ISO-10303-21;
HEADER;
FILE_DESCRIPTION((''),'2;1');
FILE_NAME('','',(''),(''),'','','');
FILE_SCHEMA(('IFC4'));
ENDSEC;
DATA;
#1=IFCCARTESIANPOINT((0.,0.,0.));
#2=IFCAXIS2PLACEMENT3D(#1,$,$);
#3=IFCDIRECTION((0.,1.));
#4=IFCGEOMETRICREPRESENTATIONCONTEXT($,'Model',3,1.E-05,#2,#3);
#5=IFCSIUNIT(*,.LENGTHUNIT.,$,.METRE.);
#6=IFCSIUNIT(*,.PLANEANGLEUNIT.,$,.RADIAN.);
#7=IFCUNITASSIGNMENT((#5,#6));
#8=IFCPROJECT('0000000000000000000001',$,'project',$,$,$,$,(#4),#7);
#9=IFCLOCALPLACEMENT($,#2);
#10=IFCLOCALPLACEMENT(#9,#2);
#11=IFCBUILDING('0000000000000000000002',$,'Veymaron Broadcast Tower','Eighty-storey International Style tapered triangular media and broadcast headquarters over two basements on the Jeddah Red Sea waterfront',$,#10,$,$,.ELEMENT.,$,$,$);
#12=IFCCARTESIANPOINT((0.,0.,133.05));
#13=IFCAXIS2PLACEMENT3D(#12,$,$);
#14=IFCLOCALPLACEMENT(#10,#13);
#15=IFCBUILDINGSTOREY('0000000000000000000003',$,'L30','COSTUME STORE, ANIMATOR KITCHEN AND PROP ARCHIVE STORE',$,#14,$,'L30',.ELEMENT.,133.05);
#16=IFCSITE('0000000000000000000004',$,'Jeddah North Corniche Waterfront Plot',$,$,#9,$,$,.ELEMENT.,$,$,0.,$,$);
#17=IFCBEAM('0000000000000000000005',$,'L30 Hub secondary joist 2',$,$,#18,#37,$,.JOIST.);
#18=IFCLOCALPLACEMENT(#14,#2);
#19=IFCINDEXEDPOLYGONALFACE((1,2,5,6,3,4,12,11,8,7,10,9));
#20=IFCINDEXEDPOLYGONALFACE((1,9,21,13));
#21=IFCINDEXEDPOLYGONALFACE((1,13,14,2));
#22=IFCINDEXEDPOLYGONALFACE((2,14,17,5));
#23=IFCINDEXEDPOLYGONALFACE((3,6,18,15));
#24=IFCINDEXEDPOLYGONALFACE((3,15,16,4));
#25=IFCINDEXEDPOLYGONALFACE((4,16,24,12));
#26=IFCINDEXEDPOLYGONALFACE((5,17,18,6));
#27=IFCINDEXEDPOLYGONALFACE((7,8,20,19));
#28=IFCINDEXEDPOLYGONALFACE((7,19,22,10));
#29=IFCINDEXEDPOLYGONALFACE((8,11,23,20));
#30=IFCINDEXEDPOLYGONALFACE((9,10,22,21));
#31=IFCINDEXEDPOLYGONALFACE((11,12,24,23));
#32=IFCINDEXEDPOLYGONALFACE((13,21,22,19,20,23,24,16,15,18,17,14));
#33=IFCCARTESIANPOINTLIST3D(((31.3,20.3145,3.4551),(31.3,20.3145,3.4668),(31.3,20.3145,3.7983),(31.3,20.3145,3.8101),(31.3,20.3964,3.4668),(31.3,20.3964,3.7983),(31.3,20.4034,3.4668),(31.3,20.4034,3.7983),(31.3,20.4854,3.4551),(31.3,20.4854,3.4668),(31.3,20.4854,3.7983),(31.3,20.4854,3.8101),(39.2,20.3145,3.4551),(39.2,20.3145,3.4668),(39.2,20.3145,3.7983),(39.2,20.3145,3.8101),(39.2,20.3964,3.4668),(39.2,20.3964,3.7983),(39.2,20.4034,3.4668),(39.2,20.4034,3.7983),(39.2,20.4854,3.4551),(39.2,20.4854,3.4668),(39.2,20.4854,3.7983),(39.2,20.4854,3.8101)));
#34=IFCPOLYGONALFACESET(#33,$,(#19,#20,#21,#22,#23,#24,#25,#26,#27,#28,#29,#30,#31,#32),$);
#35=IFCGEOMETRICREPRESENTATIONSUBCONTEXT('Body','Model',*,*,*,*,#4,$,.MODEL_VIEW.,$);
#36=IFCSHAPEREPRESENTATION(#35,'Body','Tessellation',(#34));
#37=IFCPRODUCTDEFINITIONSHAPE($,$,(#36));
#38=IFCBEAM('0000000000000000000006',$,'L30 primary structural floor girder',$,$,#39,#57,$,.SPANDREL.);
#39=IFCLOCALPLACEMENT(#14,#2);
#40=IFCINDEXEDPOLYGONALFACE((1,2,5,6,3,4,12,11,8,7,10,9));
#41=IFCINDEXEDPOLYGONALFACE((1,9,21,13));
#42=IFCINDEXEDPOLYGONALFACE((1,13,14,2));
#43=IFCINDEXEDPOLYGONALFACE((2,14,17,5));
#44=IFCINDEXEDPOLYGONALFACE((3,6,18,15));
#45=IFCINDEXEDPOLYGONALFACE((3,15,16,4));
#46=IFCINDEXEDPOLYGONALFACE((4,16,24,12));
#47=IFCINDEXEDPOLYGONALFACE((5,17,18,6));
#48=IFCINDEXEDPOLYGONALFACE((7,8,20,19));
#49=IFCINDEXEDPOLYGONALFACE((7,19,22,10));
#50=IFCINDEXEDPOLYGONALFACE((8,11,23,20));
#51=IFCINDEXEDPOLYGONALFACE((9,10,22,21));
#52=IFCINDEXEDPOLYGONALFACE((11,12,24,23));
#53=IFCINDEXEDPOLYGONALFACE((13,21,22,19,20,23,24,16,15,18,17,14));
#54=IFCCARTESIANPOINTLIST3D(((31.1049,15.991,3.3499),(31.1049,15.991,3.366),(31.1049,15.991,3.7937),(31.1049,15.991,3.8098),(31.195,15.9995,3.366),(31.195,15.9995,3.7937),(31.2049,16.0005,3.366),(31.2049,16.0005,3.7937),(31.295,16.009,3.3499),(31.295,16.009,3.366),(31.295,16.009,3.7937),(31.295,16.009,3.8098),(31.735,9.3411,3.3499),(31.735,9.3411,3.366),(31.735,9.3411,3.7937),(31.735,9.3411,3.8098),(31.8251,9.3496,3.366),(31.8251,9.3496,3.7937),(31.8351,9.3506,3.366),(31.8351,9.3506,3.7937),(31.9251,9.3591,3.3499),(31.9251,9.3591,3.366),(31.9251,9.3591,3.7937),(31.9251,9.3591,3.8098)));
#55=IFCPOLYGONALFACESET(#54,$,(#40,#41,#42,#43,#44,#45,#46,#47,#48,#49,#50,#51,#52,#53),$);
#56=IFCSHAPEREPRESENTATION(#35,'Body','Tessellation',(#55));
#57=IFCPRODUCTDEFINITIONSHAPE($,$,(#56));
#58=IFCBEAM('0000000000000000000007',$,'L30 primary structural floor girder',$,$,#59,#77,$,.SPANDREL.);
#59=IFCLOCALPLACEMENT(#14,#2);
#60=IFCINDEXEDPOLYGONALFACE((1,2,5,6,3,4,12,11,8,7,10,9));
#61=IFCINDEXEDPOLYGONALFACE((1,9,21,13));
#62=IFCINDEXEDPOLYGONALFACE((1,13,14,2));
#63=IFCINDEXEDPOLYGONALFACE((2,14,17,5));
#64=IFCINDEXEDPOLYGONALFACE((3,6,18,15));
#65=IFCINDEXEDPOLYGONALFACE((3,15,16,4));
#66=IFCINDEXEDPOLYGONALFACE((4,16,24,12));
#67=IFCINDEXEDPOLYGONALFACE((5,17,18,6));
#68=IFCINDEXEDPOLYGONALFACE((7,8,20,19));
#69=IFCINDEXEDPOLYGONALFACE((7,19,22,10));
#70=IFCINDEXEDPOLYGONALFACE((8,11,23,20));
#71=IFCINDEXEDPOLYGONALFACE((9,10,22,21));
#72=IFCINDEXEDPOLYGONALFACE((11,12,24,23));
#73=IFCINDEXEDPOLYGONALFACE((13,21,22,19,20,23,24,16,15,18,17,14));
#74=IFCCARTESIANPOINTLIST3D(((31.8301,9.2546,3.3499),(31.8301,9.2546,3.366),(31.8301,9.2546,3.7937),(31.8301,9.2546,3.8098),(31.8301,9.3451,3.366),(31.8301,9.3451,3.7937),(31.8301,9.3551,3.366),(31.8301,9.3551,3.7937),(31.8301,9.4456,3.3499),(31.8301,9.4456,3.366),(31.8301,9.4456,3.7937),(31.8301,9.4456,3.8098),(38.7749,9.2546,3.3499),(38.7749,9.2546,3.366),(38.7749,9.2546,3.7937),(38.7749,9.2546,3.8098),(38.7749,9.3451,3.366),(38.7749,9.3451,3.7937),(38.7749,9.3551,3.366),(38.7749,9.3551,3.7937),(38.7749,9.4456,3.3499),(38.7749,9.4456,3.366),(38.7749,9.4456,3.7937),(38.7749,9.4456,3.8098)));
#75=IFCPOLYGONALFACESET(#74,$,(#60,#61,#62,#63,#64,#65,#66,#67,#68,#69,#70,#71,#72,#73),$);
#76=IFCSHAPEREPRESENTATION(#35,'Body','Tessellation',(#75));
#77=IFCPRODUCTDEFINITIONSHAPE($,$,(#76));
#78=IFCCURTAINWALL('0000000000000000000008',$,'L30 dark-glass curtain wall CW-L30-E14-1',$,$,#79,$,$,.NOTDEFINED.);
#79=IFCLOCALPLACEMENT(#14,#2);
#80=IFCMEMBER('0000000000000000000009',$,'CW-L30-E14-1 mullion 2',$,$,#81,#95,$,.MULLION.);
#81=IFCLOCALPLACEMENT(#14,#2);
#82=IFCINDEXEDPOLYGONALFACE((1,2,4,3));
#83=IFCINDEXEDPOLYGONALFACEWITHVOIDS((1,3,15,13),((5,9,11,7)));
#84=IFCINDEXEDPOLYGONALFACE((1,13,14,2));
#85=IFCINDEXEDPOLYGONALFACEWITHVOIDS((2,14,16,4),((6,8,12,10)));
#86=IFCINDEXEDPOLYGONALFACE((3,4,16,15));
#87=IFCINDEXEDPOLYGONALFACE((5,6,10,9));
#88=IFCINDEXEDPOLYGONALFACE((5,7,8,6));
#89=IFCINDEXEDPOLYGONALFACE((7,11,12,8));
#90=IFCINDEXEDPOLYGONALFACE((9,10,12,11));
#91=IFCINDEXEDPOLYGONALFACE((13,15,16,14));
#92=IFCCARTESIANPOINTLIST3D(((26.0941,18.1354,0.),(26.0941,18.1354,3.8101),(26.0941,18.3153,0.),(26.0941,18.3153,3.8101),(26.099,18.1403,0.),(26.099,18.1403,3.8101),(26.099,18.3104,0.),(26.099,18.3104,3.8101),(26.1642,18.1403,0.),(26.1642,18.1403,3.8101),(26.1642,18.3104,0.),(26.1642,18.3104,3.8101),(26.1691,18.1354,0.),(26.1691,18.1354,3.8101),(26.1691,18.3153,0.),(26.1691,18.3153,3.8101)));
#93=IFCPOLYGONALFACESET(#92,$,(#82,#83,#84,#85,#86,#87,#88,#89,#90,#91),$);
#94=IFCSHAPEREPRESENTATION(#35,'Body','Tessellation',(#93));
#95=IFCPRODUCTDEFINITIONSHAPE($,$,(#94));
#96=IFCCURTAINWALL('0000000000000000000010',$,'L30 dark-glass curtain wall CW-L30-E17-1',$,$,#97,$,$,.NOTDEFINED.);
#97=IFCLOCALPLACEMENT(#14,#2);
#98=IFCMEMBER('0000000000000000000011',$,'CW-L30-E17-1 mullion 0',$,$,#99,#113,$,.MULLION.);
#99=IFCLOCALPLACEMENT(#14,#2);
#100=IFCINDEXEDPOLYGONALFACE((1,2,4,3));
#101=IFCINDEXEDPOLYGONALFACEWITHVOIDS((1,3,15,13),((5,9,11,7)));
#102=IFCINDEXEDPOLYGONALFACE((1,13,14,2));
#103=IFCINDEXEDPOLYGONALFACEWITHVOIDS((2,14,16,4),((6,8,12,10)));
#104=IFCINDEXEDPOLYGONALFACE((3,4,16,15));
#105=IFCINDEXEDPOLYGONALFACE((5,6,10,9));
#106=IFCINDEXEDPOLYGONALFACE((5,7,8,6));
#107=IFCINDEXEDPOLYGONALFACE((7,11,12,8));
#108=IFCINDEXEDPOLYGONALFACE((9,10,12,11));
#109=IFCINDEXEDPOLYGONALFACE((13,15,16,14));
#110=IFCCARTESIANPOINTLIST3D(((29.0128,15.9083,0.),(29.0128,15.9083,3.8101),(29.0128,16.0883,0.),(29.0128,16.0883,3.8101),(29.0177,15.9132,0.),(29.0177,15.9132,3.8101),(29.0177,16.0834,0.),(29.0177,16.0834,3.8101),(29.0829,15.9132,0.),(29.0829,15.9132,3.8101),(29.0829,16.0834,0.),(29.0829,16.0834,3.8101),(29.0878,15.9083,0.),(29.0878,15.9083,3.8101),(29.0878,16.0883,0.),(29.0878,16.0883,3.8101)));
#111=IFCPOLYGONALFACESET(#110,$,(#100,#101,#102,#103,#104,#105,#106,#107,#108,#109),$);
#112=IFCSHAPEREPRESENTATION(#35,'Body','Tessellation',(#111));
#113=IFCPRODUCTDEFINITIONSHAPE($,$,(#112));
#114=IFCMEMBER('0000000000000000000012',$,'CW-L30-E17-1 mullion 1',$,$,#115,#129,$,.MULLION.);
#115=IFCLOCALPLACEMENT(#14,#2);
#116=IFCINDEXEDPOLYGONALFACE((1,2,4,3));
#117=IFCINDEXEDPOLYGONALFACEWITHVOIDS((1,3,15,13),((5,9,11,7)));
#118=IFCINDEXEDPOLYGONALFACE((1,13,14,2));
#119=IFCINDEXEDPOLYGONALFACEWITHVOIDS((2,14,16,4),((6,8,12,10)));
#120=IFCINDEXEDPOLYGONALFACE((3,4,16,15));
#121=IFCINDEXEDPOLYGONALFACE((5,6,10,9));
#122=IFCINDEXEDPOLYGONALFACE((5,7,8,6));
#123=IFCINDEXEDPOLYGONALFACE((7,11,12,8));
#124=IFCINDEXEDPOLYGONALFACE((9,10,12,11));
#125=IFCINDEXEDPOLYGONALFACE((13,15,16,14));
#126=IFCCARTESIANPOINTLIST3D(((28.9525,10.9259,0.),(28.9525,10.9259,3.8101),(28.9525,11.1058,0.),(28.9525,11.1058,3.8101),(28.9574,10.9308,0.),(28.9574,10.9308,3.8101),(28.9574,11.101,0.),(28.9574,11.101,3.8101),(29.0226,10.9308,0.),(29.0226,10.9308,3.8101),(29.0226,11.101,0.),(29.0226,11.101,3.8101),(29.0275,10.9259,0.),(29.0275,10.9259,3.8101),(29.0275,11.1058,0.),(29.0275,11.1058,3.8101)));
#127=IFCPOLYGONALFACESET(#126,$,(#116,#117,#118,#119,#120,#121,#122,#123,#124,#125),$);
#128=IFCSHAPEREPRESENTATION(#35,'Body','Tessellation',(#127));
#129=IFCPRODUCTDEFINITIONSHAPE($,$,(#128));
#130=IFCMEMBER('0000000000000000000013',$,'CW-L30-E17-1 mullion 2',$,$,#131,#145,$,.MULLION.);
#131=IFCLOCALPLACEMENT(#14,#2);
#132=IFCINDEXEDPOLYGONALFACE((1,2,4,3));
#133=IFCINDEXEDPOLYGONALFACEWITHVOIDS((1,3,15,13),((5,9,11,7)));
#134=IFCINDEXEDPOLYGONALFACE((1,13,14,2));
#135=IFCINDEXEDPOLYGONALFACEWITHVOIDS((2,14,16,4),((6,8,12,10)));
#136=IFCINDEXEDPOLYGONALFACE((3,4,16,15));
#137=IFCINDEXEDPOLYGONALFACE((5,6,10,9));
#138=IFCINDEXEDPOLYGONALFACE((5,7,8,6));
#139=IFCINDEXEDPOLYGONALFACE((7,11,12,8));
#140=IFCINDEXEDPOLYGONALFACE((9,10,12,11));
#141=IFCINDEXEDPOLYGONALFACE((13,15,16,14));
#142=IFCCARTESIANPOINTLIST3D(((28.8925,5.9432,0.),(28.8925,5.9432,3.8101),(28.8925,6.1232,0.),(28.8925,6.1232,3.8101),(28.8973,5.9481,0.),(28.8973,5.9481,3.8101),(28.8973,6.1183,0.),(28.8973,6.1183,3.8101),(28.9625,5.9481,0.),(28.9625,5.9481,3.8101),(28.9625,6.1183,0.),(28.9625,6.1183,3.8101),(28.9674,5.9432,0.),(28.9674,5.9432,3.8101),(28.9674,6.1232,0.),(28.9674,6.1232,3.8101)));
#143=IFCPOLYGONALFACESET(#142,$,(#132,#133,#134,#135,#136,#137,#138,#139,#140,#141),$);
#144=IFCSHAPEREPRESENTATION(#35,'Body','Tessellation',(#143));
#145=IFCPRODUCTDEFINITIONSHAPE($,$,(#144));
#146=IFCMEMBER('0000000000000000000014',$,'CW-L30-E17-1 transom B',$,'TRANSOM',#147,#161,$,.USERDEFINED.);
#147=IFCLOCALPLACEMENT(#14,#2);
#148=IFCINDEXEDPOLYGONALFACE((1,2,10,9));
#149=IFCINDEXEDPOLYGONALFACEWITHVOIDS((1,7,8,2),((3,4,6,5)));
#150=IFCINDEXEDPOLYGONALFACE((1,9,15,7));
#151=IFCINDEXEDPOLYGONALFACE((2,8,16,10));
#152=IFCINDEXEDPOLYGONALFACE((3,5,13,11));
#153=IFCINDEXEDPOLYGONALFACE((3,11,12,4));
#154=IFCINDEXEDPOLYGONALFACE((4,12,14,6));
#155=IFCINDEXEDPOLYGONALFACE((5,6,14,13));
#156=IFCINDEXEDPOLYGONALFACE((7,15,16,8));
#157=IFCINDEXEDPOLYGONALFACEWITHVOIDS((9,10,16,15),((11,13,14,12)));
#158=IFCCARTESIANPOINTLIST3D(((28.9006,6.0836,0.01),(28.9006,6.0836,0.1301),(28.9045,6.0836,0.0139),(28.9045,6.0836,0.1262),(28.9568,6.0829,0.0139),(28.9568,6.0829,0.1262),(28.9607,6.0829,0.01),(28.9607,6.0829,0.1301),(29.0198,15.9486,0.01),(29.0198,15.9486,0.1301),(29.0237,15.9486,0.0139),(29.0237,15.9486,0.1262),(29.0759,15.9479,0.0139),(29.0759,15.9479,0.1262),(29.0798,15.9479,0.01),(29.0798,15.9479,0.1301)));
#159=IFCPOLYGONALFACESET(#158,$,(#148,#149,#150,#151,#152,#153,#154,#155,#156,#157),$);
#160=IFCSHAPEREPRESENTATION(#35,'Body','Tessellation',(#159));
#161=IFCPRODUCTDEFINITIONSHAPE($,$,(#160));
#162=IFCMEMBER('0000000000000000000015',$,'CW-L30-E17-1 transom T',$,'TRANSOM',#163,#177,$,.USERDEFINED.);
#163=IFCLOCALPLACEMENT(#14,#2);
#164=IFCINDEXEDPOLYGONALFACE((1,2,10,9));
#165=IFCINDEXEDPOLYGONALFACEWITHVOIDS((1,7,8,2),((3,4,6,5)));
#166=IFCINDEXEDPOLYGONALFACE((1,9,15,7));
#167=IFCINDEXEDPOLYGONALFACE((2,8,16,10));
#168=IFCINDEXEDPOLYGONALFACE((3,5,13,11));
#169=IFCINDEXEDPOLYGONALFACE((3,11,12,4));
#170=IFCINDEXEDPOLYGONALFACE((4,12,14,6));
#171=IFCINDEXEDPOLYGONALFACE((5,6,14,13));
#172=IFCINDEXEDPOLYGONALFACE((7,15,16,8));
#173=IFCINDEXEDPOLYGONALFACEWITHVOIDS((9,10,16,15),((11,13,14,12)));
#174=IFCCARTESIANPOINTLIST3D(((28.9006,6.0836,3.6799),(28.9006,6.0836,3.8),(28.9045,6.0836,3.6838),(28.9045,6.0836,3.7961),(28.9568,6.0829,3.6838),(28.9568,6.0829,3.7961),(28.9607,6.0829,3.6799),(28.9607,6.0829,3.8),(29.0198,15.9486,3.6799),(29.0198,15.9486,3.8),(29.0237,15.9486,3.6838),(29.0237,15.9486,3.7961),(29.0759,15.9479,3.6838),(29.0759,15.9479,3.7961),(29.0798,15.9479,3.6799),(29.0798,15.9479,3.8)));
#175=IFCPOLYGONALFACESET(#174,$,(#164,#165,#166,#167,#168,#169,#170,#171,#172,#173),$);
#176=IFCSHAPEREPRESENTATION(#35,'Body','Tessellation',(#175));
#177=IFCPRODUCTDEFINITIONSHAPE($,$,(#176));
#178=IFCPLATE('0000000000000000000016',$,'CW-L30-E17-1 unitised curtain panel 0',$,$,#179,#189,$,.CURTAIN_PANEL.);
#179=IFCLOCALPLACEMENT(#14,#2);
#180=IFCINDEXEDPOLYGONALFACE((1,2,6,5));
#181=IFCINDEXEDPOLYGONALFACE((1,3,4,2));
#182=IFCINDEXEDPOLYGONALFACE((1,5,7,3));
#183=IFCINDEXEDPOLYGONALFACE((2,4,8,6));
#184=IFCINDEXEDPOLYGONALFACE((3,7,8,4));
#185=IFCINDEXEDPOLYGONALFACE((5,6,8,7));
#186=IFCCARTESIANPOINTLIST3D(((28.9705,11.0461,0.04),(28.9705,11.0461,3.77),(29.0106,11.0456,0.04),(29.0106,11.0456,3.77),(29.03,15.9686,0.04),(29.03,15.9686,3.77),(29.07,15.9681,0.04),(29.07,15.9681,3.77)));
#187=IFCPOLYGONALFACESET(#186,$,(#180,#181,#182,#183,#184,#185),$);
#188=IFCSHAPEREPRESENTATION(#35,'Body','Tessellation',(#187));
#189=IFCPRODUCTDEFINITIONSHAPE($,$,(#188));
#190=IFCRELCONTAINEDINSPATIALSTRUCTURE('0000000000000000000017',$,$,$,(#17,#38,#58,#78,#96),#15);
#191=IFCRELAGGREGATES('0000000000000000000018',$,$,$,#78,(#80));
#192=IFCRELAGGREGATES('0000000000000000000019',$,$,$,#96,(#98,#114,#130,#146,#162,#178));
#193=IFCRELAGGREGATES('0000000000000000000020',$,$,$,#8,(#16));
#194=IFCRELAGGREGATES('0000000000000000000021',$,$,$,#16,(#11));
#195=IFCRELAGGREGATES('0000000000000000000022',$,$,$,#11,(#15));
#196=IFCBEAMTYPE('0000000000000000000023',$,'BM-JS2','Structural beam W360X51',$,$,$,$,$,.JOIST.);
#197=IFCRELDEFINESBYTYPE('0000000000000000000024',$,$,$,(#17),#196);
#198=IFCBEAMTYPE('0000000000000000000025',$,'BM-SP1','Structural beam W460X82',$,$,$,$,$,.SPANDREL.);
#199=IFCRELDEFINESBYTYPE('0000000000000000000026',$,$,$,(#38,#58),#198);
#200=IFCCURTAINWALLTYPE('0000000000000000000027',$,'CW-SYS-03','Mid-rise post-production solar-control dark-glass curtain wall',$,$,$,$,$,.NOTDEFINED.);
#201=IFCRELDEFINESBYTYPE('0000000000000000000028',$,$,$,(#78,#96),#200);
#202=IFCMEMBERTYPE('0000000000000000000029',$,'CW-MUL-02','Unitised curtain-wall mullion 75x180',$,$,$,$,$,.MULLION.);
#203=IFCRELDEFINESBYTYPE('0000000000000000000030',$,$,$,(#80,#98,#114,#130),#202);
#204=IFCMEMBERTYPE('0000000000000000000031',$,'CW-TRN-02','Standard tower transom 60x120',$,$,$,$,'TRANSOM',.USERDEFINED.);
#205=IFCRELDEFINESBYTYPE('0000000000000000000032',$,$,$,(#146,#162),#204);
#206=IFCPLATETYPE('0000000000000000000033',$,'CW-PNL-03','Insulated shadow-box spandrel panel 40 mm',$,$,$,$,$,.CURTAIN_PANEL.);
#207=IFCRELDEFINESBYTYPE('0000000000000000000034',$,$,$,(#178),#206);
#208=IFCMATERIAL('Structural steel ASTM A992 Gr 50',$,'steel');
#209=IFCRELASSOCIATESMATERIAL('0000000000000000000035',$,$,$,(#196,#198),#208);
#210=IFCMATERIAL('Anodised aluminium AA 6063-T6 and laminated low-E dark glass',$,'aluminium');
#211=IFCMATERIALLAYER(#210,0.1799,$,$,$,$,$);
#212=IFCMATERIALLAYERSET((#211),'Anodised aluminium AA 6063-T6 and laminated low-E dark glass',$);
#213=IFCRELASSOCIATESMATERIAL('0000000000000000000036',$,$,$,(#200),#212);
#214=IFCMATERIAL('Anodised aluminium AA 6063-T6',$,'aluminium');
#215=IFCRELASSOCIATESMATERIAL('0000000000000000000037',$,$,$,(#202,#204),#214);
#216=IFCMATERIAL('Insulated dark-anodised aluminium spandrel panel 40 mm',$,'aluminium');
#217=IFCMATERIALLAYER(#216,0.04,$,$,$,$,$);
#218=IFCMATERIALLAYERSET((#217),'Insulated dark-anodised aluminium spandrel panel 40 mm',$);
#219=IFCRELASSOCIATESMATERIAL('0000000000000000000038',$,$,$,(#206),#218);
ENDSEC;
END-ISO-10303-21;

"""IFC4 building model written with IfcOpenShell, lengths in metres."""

from ifc_helpers import new_model, si_unit, direction, frame, origin, origin_2d, place, context, subcontext, project, spatial, rectangle, hollow_rectangle, i_section, extrude, material, layer, layer_set, material_profile, profile_set, type_object, element, aggregate, save


model = new_model("IFC4")

# Units and contexts
model_context = context("Model", 3, precision=1e-05, world=origin(), true_north=direction((0.0, 1.0)))
body_context = subcontext(model_context, "Body", "Model", "MODEL_VIEW")
ifc_project = project(units=[si_unit("LENGTHUNIT", "METRE"), si_unit("PLANEANGLEUNIT", "RADIAN")], contexts=[model_context])

# Site, building, storey
site_placement = place(None, origin())
site = spatial("IfcSite", under=ifc_project, at=site_placement, Name="Jeddah North Corniche Waterfront Plot", CompositionType="ELEMENT", RefElevation=0.0)
building_placement = place(site_placement, origin())
building = spatial("IfcBuilding", under=site, at=building_placement, Name="Veymaron Broadcast Tower", Description="Eighty-storey International Style tapered triangular media and broadcast headquarters over two basements on the Jeddah Red Sea waterfront", CompositionType="ELEMENT")
storey_placement = place(building_placement, frame((0.0, 0.0, 133.05)))
storey = spatial("IfcBuildingStorey", under=building, at=storey_placement, Name="L30", Description="COSTUME STORE, ANIMATOR KITCHEN AND PROP ARCHIVE STORE", LongName="L30", CompositionType="ELEMENT", Elevation=133.05)

# Shared definitions
ifc_material_1 = material(Name="Structural steel ASTM A992 Gr 50", Category="steel")

# Beams
ifc_material_profile_1 = material_profile(ifc_material_1, i_section(OverallWidth=0.1709, OverallDepth=0.355, WebThickness=0.0071, FlangeThickness=0.0117, at=origin_2d()), Name="W360X51")
ifc_profile_set_1 = profile_set([ifc_material_profile_1], Name="Structural steel ASTM A992 Gr 50")
beam_type_1 = type_object("IfcBeamType", Name="BM-JS2", Description="Structural beam W360X51", PredefinedType="JOIST", material=ifc_profile_set_1)
for number, where, z_axis, x_axis, name in (
    (1, (31.3, 20.3999, 3.6326), (1.0, 0.0, 0.0), (0.0, 1.0, 0.0), "L30 Hub secondary joist 2"),
):
    element("IfcBeam", number, at=place(storey_placement, frame(where, z_axis=z_axis, x_axis=x_axis)), inside=storey, type_object=beam_type_1, Name=name, PredefinedType="JOIST", context=body_context, shape_type="SweptSolid", body=[
        extrude(i_section(OverallWidth=0.1709, OverallDepth=0.355, WebThickness=0.0071, FlangeThickness=0.0117, at=origin_2d()), origin(), (0.0, 0.0, 1.0), 7.8999),
    ])
ifc_material_profile_2 = material_profile(ifc_material_1, i_section(OverallWidth=0.1909, OverallDepth=0.46, WebThickness=0.01, FlangeThickness=0.0161, at=origin_2d()), Name="W460X82")
ifc_profile_set_2 = profile_set([ifc_material_profile_2], Name="Structural steel ASTM A992 Gr 50")
beam_type_2 = type_object("IfcBeamType", Name="BM-SP1", Description="Structural beam W460X82", PredefinedType="SPANDREL", material=ifc_profile_set_2)
beam_1_placement = place(storey_placement, frame((31.2, 16.0, 3.5798), z_axis=(0.094335, -0.995541, 0.0), x_axis=(0.995541, 0.094335, 0.0)))
element("IfcBeam", 2, at=beam_1_placement, inside=storey, type_object=beam_type_2, Name="L30 primary structural floor girder", PredefinedType="SPANDREL", context=body_context, shape_type="SweptSolid", body=[
    extrude(i_section(OverallWidth=0.1909, OverallDepth=0.46, WebThickness=0.01, FlangeThickness=0.0161, at=origin_2d()), origin(), (0.0, 0.0, 1.0), 6.6797),
])
beam_2_placement = place(storey_placement, frame((31.8301, 9.3501, 3.5798), z_axis=(1.0, 0.0, 0.0), x_axis=(0.0, 1.0, 0.0)))
element("IfcBeam", 3, at=beam_2_placement, inside=storey, type_object=beam_type_2, Name="L30 primary structural floor girder", PredefinedType="SPANDREL", context=body_context, shape_type="SweptSolid", body=[
    extrude(i_section(OverallWidth=0.1909, OverallDepth=0.46, WebThickness=0.01, FlangeThickness=0.0161, at=origin_2d()), origin(), (0.0, 0.0, 1.0), 6.9448),
])

# Curtain wall, member
ifc_material_2 = material(Name="Anodised aluminium AA 6063-T6 and laminated low-E dark glass", Category="aluminium")
ifc_layer_1 = layer(ifc_material_2, 0.1799)
ifc_layer_set_1 = layer_set([ifc_layer_1], Name="Anodised aluminium AA 6063-T6 and laminated low-E dark glass")
curtain_wall_type = type_object("IfcCurtainWallType", Name="CW-SYS-03", Description="Mid-rise post-production solar-control dark-glass curtain wall", PredefinedType="NOTDEFINED", material=ifc_layer_set_1)
curtain_wall_1_placement = place(storey_placement, origin())
curtain_wall_1 = element("IfcCurtainWall", 4, at=curtain_wall_1_placement, inside=storey, type_object=curtain_wall_type, Name="L30 dark-glass curtain wall CW-L30-E14-1", PredefinedType="NOTDEFINED")
ifc_material_3 = material(Name="Anodised aluminium AA 6063-T6", Category="aluminium")
ifc_material_profile_3 = material_profile(ifc_material_3, hollow_rectangle(XDim=0.075, YDim=0.1799, WallThickness=0.0049, at=origin_2d()), Name="AL180X75X5")
ifc_profile_set_3 = profile_set([ifc_material_profile_3], Name="Anodised aluminium AA 6063-T6")
member_type_1 = type_object("IfcMemberType", Name="CW-MUL-02", Description="Unitised curtain-wall mullion 75x180", PredefinedType="MULLION", material=ifc_profile_set_3)
member_1_placement = place(storey_placement, frame((26.1316, 18.2253, 0.0), z_axis=(0.0, 0.0, 1.0), x_axis=(1.0, 0.0, 0.0)))
member_1 = element("IfcMember", 5, at=member_1_placement, type_object=member_type_1, Name="CW-L30-E14-1 mullion 2", PredefinedType="MULLION", context=body_context, shape_type="SweptSolid", body=[
    extrude(hollow_rectangle(XDim=0.075, YDim=0.1799, WallThickness=0.0049, at=origin_2d()), origin(), (0.0, 0.0, 1.0), 3.8101),
])
aggregate(curtain_wall_1, [member_1])

# Curtain wall, members, plate
curtain_wall_2_placement = place(storey_placement, origin())
curtain_wall_2 = element("IfcCurtainWall", 6, at=curtain_wall_2_placement, inside=storey, type_object=curtain_wall_type, Name="L30 dark-glass curtain wall CW-L30-E17-1", PredefinedType="NOTDEFINED")
member_2_placement = place(storey_placement, frame((29.0503, 15.9983, 0.0), z_axis=(0.0, 0.0, 1.0), x_axis=(1.0, 0.0, 0.0)))
member_2 = element("IfcMember", 7, at=member_2_placement, type_object=member_type_1, Name="CW-L30-E17-1 mullion 0", PredefinedType="MULLION", context=body_context, shape_type="SweptSolid", body=[
    extrude(hollow_rectangle(XDim=0.075, YDim=0.1799, WallThickness=0.0049, at=origin_2d()), origin(), (0.0, 0.0, 1.0), 3.8101),
])
member_3_placement = place(storey_placement, frame((28.99, 11.0159, 0.0), z_axis=(0.0, 0.0, 1.0), x_axis=(1.0, 0.0, 0.0)))
member_3 = element("IfcMember", 8, at=member_3_placement, type_object=member_type_1, Name="CW-L30-E17-1 mullion 1", PredefinedType="MULLION", context=body_context, shape_type="SweptSolid", body=[
    extrude(hollow_rectangle(XDim=0.075, YDim=0.1799, WallThickness=0.0049, at=origin_2d()), origin(), (0.0, 0.0, 1.0), 3.8101),
])
member_4_placement = place(storey_placement, frame((28.9299, 6.0332, 0.0), z_axis=(0.0, 0.0, 1.0), x_axis=(1.0, 0.0, 0.0)))
member_4 = element("IfcMember", 9, at=member_4_placement, type_object=member_type_1, Name="CW-L30-E17-1 mullion 2", PredefinedType="MULLION", context=body_context, shape_type="SweptSolid", body=[
    extrude(hollow_rectangle(XDim=0.075, YDim=0.1799, WallThickness=0.0049, at=origin_2d()), origin(), (0.0, 0.0, 1.0), 3.8101),
])
ifc_material_profile_4 = material_profile(ifc_material_3, hollow_rectangle(XDim=0.0601, YDim=0.1201, WallThickness=0.0039, at=origin_2d()), Name="AL120X60X4")
ifc_profile_set_4 = profile_set([ifc_material_profile_4], Name="Anodised aluminium AA 6063-T6")
member_type_2 = type_object("IfcMemberType", Name="CW-TRN-02", Description="Standard tower transom 60x120", ElementType="TRANSOM", PredefinedType="USERDEFINED", material=ifc_profile_set_4)
member_5_placement = place(storey_placement, frame((29.0498, 15.9482, 0.0701), z_axis=(-0.012076, -0.999927, 0.0), x_axis=(0.999927, -0.012076, 0.0)))
member_5 = element("IfcMember", 10, at=member_5_placement, type_object=member_type_2, Name="CW-L30-E17-1 transom B", ObjectType="TRANSOM", PredefinedType="USERDEFINED", context=body_context, shape_type="SweptSolid", body=[
    extrude(hollow_rectangle(XDim=0.0601, YDim=0.1201, WallThickness=0.0039, at=origin_2d()), origin(), (0.0, 0.0, 1.0), 9.8657),
])
member_6_placement = place(storey_placement, frame((29.0498, 15.9482, 3.74), z_axis=(-0.012076, -0.999927, 0.0), x_axis=(0.999927, -0.012076, 0.0)))
member_6 = element("IfcMember", 11, at=member_6_placement, type_object=member_type_2, Name="CW-L30-E17-1 transom T", ObjectType="TRANSOM", PredefinedType="USERDEFINED", context=body_context, shape_type="SweptSolid", body=[
    extrude(hollow_rectangle(XDim=0.0601, YDim=0.1201, WallThickness=0.0039, at=origin_2d()), origin(), (0.0, 0.0, 1.0), 9.8657),
])
ifc_material_4 = material(Name="Insulated dark-anodised aluminium spandrel panel 40 mm", Category="aluminium")
ifc_layer_2 = layer(ifc_material_4, 0.04)
ifc_layer_set_2 = layer_set([ifc_layer_2], Name="Insulated dark-anodised aluminium spandrel panel 40 mm")
plate_type = type_object("IfcPlateType", Name="CW-PNL-03", Description="Insulated shadow-box spandrel panel 40 mm", PredefinedType="CURTAIN_PANEL", material=ifc_layer_set_2)
plate_1_placement = place(storey_placement, frame((29.0203, 13.5071, 0.04), z_axis=(0.0, 0.0, 1.0), x_axis=(-0.012077, -0.999927, 0.0)))
plate_1 = element("IfcPlate", 12, at=plate_1_placement, type_object=plate_type, Name="CW-L30-E17-1 unitised curtain panel 0", PredefinedType="CURTAIN_PANEL", context=body_context, shape_type="SweptSolid", body=[
    extrude(rectangle(XDim=4.9229, YDim=0.04, at=origin_2d()), origin(), (0.0, 0.0, 1.0), 3.73),
])
aggregate(curtain_wall_2, [member_2, member_3, member_4, member_5, member_6, plate_1])

save(model, "model.ifc")
